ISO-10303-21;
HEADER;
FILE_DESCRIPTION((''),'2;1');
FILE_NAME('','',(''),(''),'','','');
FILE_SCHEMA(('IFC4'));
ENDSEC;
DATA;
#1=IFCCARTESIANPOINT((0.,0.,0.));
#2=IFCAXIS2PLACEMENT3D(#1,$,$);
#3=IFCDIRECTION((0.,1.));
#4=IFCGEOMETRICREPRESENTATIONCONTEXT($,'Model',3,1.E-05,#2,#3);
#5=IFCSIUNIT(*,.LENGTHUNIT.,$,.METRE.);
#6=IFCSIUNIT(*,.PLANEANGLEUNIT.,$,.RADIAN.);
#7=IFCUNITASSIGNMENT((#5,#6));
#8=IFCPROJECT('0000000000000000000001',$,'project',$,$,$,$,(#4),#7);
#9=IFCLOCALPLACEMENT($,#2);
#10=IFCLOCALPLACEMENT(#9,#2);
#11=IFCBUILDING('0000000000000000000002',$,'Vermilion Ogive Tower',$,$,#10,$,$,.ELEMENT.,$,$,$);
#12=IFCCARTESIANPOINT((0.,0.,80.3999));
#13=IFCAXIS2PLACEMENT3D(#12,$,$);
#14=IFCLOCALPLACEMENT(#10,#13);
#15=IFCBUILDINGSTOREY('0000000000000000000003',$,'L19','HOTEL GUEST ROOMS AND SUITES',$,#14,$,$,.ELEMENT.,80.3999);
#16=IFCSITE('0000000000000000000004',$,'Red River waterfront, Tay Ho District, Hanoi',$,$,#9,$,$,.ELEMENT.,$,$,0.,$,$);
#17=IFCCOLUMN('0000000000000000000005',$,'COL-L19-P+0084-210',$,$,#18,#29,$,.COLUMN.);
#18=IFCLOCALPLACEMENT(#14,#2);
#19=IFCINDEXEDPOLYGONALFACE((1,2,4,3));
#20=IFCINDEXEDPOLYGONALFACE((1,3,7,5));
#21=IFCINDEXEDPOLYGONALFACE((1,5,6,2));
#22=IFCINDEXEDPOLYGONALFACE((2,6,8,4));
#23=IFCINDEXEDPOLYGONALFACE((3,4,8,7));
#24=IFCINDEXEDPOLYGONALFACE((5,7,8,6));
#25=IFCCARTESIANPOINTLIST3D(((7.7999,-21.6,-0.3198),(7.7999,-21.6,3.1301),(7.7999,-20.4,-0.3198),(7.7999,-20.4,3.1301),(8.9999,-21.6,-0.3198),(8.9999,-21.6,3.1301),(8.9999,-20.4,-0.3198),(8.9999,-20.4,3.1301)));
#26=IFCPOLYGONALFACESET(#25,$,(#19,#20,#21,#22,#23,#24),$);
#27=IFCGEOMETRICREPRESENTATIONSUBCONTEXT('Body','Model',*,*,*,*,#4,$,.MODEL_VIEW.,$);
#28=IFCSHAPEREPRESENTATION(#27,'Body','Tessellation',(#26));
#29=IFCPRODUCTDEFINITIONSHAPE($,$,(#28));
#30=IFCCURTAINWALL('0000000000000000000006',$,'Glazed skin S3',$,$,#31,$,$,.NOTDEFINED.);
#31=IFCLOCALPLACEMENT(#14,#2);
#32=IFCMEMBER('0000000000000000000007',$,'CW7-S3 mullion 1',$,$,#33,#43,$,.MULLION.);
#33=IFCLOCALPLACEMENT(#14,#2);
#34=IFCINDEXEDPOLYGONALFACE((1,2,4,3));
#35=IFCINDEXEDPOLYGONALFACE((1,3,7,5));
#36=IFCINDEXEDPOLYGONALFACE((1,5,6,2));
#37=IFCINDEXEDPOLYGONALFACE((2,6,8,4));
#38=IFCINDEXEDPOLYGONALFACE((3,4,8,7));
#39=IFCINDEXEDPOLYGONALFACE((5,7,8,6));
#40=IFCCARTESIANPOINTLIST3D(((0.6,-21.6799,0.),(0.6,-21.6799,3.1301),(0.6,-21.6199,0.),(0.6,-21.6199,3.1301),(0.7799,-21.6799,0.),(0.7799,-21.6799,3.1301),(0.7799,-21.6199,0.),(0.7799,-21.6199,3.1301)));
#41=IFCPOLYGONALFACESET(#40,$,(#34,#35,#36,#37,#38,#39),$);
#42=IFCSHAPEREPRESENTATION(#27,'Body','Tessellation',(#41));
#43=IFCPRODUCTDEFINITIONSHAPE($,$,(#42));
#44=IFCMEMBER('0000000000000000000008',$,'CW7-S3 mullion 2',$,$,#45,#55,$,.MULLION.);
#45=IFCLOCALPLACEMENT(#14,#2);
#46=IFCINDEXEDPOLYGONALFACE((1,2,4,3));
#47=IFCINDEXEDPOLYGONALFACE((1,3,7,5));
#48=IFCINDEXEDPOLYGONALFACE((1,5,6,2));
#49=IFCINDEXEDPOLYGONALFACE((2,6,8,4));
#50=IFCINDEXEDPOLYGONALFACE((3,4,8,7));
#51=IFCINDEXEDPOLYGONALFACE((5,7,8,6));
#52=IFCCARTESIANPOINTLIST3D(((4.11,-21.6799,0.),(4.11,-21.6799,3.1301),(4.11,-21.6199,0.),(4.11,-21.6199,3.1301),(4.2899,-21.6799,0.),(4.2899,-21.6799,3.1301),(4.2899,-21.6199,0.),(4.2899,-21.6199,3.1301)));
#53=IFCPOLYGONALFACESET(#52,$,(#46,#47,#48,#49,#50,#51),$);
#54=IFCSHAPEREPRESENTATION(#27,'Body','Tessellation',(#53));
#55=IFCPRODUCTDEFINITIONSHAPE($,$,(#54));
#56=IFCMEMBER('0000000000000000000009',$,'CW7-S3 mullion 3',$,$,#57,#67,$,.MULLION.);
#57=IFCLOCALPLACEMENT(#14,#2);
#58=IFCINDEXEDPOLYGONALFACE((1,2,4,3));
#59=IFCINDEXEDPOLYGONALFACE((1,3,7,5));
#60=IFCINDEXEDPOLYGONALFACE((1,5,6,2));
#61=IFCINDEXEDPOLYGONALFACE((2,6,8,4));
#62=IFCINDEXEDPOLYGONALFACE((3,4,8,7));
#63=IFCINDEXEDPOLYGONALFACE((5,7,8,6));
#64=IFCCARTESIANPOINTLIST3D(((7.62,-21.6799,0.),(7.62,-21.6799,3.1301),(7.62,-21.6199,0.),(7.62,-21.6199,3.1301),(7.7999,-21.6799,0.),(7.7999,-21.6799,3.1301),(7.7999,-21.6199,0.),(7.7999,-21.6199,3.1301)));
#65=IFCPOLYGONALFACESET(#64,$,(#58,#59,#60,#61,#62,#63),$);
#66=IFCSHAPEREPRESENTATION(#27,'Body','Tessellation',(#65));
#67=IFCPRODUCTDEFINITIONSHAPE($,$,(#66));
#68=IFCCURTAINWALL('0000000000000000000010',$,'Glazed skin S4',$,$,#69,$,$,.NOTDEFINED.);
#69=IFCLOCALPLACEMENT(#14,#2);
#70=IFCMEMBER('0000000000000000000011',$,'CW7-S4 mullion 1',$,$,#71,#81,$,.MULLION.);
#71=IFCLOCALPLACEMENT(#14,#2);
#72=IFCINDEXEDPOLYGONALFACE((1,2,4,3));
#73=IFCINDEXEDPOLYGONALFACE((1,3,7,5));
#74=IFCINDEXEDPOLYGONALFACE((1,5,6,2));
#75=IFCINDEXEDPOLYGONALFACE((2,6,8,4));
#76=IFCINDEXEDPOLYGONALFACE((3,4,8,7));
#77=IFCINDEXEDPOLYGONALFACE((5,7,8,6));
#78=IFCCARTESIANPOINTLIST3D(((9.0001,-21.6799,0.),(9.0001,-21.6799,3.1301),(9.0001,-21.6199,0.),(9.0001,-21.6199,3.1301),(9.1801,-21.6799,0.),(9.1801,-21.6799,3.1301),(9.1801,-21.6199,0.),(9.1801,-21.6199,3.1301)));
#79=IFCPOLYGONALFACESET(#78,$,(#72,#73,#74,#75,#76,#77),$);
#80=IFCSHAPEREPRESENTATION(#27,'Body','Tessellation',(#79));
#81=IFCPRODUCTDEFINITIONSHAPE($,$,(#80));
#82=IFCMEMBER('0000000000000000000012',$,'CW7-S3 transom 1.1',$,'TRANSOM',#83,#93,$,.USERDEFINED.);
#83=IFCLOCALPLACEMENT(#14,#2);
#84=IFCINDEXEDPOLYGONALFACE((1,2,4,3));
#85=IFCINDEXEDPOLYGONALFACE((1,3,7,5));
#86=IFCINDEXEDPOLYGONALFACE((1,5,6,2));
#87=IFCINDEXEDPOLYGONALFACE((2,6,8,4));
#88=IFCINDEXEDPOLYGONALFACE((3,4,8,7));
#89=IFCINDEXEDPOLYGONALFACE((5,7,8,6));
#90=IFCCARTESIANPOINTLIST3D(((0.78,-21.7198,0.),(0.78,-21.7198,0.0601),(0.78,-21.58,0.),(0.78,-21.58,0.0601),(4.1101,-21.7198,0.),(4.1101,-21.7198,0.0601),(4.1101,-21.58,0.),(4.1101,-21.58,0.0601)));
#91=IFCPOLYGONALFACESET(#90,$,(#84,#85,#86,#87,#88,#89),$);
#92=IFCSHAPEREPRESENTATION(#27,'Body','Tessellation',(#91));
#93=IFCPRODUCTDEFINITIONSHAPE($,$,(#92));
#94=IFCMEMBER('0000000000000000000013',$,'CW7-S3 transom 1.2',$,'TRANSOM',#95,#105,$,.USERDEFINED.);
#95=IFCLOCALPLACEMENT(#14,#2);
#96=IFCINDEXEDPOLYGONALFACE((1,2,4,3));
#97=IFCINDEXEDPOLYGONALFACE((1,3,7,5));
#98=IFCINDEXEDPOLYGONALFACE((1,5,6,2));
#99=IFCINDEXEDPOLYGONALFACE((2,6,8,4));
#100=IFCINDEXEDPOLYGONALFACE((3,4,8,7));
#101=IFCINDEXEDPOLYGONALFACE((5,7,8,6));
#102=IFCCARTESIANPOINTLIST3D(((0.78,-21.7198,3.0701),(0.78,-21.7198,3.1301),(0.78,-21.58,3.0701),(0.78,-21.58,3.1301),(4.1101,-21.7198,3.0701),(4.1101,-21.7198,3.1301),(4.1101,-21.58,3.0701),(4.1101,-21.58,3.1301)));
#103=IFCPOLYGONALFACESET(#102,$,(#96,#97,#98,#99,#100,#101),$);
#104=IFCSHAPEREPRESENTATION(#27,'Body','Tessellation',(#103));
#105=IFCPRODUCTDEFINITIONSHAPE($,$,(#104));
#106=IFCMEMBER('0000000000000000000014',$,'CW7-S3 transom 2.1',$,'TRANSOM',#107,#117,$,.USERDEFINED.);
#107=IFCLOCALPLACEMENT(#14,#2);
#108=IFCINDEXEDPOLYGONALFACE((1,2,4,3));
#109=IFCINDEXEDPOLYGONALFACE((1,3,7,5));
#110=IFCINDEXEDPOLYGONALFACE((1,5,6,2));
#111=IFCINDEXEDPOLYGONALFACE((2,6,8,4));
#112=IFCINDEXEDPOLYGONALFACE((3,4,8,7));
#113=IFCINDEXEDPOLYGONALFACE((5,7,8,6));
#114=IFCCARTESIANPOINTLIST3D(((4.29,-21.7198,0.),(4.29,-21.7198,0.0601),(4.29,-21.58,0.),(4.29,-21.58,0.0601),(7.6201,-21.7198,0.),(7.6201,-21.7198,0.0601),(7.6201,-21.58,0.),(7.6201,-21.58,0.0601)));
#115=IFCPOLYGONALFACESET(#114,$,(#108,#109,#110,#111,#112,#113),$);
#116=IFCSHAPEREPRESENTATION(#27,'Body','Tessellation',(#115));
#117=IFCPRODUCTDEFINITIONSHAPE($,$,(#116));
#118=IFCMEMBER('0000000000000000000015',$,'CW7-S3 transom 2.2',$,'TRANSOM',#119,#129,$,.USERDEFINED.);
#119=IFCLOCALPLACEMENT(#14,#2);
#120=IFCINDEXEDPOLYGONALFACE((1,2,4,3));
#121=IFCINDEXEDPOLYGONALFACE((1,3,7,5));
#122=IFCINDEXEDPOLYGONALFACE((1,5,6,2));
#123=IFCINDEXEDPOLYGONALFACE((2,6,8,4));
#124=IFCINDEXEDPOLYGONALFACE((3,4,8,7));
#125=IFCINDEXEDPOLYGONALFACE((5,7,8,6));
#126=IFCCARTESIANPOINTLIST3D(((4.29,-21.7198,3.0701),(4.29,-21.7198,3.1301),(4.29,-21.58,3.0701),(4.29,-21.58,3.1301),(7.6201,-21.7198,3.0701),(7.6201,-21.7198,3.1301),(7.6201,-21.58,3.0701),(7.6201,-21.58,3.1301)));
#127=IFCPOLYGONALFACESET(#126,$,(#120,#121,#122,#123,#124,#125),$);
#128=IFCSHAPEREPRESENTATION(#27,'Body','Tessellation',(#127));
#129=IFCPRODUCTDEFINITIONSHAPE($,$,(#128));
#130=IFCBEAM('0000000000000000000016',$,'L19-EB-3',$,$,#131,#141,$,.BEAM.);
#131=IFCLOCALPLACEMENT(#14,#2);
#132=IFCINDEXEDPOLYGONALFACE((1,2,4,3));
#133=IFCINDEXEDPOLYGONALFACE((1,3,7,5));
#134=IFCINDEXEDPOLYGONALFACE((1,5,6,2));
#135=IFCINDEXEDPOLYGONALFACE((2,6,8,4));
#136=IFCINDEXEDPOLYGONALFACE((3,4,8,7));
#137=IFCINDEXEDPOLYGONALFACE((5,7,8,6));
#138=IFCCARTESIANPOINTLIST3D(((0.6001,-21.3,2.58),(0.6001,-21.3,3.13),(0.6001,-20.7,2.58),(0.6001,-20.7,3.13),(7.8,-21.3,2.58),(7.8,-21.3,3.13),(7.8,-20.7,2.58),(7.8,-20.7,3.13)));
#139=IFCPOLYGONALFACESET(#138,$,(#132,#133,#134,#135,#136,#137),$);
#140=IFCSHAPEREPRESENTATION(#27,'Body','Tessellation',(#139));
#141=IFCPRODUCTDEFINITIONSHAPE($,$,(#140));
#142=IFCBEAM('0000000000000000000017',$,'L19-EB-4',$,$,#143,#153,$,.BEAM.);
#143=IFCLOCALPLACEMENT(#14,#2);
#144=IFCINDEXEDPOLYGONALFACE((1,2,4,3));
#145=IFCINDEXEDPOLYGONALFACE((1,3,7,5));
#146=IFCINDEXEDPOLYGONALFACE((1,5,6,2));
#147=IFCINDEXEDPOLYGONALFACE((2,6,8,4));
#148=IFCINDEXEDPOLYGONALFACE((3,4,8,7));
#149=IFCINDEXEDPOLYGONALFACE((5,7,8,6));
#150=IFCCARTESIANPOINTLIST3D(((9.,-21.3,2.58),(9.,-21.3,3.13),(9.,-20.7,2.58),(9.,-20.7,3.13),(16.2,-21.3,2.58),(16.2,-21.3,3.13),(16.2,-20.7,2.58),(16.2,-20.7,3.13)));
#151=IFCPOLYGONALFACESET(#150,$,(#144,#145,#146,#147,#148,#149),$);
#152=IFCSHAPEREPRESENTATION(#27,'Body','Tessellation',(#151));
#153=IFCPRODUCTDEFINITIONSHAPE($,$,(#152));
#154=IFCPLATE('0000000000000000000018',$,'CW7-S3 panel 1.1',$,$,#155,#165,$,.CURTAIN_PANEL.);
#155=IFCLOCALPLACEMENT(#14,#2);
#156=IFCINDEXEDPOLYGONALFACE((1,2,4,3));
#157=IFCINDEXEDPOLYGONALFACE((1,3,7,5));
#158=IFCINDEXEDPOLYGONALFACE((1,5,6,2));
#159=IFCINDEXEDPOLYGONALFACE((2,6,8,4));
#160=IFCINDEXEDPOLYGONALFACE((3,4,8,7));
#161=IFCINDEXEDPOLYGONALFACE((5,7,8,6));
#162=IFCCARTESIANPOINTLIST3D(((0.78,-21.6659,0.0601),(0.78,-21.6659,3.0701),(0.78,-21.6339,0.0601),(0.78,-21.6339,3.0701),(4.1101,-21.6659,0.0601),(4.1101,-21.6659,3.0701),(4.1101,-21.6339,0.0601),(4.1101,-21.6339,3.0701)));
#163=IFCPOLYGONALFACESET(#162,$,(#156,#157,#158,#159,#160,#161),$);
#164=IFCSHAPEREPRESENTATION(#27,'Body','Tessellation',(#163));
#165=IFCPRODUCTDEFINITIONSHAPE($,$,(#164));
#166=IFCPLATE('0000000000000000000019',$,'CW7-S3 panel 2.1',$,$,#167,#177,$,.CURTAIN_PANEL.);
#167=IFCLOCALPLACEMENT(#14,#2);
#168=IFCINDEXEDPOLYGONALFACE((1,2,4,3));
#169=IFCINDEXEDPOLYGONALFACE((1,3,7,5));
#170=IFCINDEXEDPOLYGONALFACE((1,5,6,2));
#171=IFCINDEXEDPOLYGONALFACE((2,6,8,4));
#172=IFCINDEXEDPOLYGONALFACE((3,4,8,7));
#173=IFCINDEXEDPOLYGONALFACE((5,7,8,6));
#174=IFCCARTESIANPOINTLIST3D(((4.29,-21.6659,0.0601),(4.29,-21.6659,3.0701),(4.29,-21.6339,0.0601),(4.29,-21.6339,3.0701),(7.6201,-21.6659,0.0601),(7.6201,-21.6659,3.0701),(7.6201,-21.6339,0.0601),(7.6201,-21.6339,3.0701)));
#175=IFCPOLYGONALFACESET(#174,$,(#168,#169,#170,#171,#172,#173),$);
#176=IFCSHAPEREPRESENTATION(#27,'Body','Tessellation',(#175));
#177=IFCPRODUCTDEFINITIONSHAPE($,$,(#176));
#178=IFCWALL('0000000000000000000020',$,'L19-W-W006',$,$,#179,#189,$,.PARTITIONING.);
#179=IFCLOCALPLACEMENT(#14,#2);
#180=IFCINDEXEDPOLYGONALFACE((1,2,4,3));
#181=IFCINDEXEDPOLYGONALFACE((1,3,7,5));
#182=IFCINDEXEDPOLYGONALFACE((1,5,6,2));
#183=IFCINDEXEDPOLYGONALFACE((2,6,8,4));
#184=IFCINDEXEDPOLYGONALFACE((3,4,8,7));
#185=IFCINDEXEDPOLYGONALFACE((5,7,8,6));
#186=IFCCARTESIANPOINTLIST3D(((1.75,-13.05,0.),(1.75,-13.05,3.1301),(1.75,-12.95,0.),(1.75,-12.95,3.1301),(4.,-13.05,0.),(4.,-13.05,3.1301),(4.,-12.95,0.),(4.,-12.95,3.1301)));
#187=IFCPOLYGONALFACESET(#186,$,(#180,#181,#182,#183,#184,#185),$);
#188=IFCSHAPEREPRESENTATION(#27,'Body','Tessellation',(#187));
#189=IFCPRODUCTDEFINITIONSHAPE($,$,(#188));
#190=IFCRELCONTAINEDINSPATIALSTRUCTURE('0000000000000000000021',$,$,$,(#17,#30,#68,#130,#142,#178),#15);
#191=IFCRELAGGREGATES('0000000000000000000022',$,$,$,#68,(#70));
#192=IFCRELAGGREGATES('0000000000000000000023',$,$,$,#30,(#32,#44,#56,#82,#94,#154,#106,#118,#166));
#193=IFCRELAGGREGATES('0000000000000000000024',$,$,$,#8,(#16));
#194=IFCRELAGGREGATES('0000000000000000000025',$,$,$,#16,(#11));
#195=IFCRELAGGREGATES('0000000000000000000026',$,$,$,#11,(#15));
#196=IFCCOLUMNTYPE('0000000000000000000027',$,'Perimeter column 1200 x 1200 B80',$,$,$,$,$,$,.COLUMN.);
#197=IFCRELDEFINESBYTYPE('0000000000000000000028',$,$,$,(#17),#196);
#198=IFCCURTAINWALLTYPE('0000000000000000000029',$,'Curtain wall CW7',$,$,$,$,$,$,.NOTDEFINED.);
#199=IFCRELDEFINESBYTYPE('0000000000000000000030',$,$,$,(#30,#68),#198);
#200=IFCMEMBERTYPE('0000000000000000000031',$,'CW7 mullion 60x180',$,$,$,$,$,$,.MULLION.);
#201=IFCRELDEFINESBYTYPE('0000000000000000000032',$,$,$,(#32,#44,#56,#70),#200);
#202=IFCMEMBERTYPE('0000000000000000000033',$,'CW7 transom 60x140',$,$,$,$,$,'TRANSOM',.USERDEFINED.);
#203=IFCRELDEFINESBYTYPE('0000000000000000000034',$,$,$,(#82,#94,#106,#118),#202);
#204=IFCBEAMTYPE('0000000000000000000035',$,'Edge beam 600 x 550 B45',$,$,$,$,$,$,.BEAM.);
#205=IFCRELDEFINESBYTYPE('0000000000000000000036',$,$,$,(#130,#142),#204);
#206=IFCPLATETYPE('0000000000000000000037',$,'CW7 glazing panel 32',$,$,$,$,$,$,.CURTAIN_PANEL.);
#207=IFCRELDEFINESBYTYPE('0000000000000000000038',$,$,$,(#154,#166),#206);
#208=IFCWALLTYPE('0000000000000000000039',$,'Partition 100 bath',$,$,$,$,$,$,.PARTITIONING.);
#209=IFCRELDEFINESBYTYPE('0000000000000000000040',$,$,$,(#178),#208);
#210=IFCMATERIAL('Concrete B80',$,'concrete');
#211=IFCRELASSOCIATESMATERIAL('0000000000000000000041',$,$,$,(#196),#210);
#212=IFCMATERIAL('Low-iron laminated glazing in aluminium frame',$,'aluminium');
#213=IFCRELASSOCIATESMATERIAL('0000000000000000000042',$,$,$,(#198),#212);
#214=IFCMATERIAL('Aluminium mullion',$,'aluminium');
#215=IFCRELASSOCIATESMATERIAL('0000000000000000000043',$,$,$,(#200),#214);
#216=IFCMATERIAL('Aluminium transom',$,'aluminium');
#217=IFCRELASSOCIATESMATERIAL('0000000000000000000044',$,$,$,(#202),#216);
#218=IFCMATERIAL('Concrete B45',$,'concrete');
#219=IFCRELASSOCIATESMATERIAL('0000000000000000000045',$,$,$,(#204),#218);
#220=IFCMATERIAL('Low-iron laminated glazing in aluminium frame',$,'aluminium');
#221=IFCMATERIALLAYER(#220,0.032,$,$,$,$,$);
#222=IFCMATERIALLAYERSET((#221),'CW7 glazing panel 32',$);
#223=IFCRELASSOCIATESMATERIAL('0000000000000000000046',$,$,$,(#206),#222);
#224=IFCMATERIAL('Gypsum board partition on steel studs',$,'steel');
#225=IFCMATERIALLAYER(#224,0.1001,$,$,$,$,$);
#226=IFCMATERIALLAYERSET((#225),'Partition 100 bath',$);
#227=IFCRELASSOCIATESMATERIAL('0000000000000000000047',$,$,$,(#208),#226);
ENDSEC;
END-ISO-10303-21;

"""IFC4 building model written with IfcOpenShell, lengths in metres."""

from ifc_helpers import new_model, si_unit, direction, frame, frame_2d, origin, origin_2d, place, context, subcontext, project, spatial, rectangle, extrude, material, layer, layer_set, material_profile, profile_set, type_object, element, aggregate, save


model = new_model("IFC4")

# Units and contexts
model_context = context("Model", 3, precision=1e-05, world=origin(), true_north=direction((0.0, 1.0)))
body_context = subcontext(model_context, "Body", "Model", "MODEL_VIEW")
ifc_project = project(units=[si_unit("LENGTHUNIT", "METRE"), si_unit("PLANEANGLEUNIT", "RADIAN")], contexts=[model_context])

# Site, building, storey
site_placement = place(None, origin())
site = spatial("IfcSite", under=ifc_project, at=site_placement, Name="Red River waterfront, Tay Ho District, Hanoi", CompositionType="ELEMENT", RefElevation=0.0)
building_placement = place(site_placement, origin())
building = spatial("IfcBuilding", under=site, at=building_placement, Name="Vermilion Ogive Tower", CompositionType="ELEMENT")
storey_placement = place(building_placement, frame((0.0, 0.0, 80.3999)))
storey = spatial("IfcBuildingStorey", under=building, at=storey_placement, Name="L19", Description="HOTEL GUEST ROOMS AND SUITES", CompositionType="ELEMENT", Elevation=80.3999)

# Column
ifc_material_1 = material(Name="Concrete B80", Category="concrete")
ifc_material_profile_1 = material_profile(ifc_material_1, rectangle(XDim=1.2, YDim=1.2, at=origin_2d()), Name="1200 x 1200")
ifc_profile_set_1 = profile_set([ifc_material_profile_1], Name="Concrete B80")
column_type = type_object("IfcColumnType", Name="Perimeter column 1200 x 1200 B80", PredefinedType="COLUMN", material=ifc_profile_set_1)
column_placement = place(storey_placement, frame((8.3999, -21.0, -0.3198), z_axis=(0.0, 0.0, 1.0), x_axis=(1.0, 0.0, 0.0)))
element("IfcColumn", 1, at=column_placement, inside=storey, type_object=column_type, Name="COL-L19-P+0084-210", PredefinedType="COLUMN", context=body_context, shape_type="SweptSolid", body=[
    extrude(rectangle(XDim=1.2, YDim=1.2, at=origin_2d()), origin(), (0.0, 0.0, 1.0), 3.45),
])

# Curtain wall, members
ifc_material_2 = material(Name="Low-iron laminated glazing in aluminium frame", Category="aluminium")
curtain_wall_type = type_object("IfcCurtainWallType", Name="Curtain wall CW7", PredefinedType="NOTDEFINED", material=ifc_material_2)
curtain_wall_1_placement = place(storey_placement, origin())
curtain_wall_1 = element("IfcCurtainWall", 2, at=curtain_wall_1_placement, inside=storey, type_object=curtain_wall_type, Name="Glazed skin S3", PredefinedType="NOTDEFINED")
ifc_material_3 = material(Name="Aluminium mullion", Category="aluminium")
ifc_material_profile_2 = material_profile(ifc_material_3, rectangle(XDim=0.0601, YDim=0.1799, at=origin_2d()), Name="AL 60x180")
ifc_profile_set_2 = profile_set([ifc_material_profile_2], Name="Aluminium mullion")
member_type_1 = type_object("IfcMemberType", Name="CW7 mullion 60x180", PredefinedType="MULLION", material=ifc_profile_set_2)
member_1_placement = place(storey_placement, frame((0.6899, -21.6499, 0.0), z_axis=(0.0, 0.0, 1.0), x_axis=(0.0, 1.0, 0.0)))
member_1 = element("IfcMember", 3, at=member_1_placement, type_object=member_type_1, Name="CW7-S3 mullion 1", PredefinedType="MULLION", context=body_context, shape_type="SweptSolid", body=[
    extrude(rectangle(XDim=0.0601, YDim=0.1799, at=origin_2d()), origin(), (0.0, 0.0, 1.0), 3.1301),
])
member_2_placement = place(storey_placement, frame((4.2, -21.6499, 0.0), z_axis=(0.0, 0.0, 1.0), x_axis=(0.0, 1.0, 0.0)))
member_2 = element("IfcMember", 4, at=member_2_placement, type_object=member_type_1, Name="CW7-S3 mullion 2", PredefinedType="MULLION", context=body_context, shape_type="SweptSolid", body=[
    extrude(rectangle(XDim=0.0601, YDim=0.1799, at=origin_2d()), origin(), (0.0, 0.0, 1.0), 3.1301),
])
member_3_placement = place(storey_placement, frame((7.71, -21.6499, 0.0), z_axis=(0.0, 0.0, 1.0), x_axis=(0.0, 1.0, 0.0)))
member_3 = element("IfcMember", 5, at=member_3_placement, type_object=member_type_1, Name="CW7-S3 mullion 3", PredefinedType="MULLION", context=body_context, shape_type="SweptSolid", body=[
    extrude(rectangle(XDim=0.0601, YDim=0.1799, at=origin_2d()), origin(), (0.0, 0.0, 1.0), 3.1301),
])

# Curtain wall, member
curtain_wall_2_placement = place(storey_placement, origin())
curtain_wall_2 = element("IfcCurtainWall", 6, at=curtain_wall_2_placement, inside=storey, type_object=curtain_wall_type, Name="Glazed skin S4", PredefinedType="NOTDEFINED")
member_4_placement = place(storey_placement, frame((9.0901, -21.6499, 0.0), z_axis=(0.0, 0.0, 1.0), x_axis=(0.0, 1.0, 0.0)))
member_4 = element("IfcMember", 7, at=member_4_placement, type_object=member_type_1, Name="CW7-S4 mullion 1", PredefinedType="MULLION", context=body_context, shape_type="SweptSolid", body=[
    extrude(rectangle(XDim=0.0601, YDim=0.1799, at=origin_2d()), origin(), (0.0, 0.0, 1.0), 3.1301),
])
aggregate(curtain_wall_2, [member_4])

# Members
ifc_material_4 = material(Name="Aluminium transom", Category="aluminium")
ifc_material_profile_3 = material_profile(ifc_material_4, rectangle(XDim=0.1399, YDim=0.0601, at=origin_2d()), Name="AL 60x140")
ifc_profile_set_3 = profile_set([ifc_material_profile_3], Name="Aluminium transom")
member_type_2 = type_object("IfcMemberType", Name="CW7 transom 60x140", ElementType="TRANSOM", PredefinedType="USERDEFINED", material=ifc_profile_set_3)
member_5_placement = place(storey_placement, frame((0.78, -21.6499, 0.03), z_axis=(1.0, 0.0, 0.0), x_axis=(0.0, 1.0, 0.0)))
member_5 = element("IfcMember", 8, at=member_5_placement, type_object=member_type_2, Name="CW7-S3 transom 1.1", ObjectType="TRANSOM", PredefinedType="USERDEFINED", context=body_context, shape_type="SweptSolid", body=[
    extrude(rectangle(XDim=0.1399, YDim=0.0601, at=origin_2d()), origin(), (0.0, 0.0, 1.0), 3.3301),
])
member_6_placement = place(storey_placement, frame((0.78, -21.6499, 3.1001), z_axis=(1.0, 0.0, 0.0), x_axis=(0.0, 1.0, 0.0)))
member_6 = element("IfcMember", 9, at=member_6_placement, type_object=member_type_2, Name="CW7-S3 transom 1.2", ObjectType="TRANSOM", PredefinedType="USERDEFINED", context=body_context, shape_type="SweptSolid", body=[
    extrude(rectangle(XDim=0.1399, YDim=0.0601, at=origin_2d()), origin(), (0.0, 0.0, 1.0), 3.3301),
])
member_7_placement = place(storey_placement, frame((4.29, -21.6499, 0.03), z_axis=(1.0, 0.0, 0.0), x_axis=(0.0, 1.0, 0.0)))
member_7 = element("IfcMember", 10, at=member_7_placement, type_object=member_type_2, Name="CW7-S3 transom 2.1", ObjectType="TRANSOM", PredefinedType="USERDEFINED", context=body_context, shape_type="SweptSolid", body=[
    extrude(rectangle(XDim=0.1399, YDim=0.0601, at=origin_2d()), origin(), (0.0, 0.0, 1.0), 3.3301),
])
member_8_placement = place(storey_placement, frame((4.29, -21.6499, 3.1001), z_axis=(1.0, 0.0, 0.0), x_axis=(0.0, 1.0, 0.0)))
member_8 = element("IfcMember", 11, at=member_8_placement, type_object=member_type_2, Name="CW7-S3 transom 2.2", ObjectType="TRANSOM", PredefinedType="USERDEFINED", context=body_context, shape_type="SweptSolid", body=[
    extrude(rectangle(XDim=0.1399, YDim=0.0601, at=origin_2d()), origin(), (0.0, 0.0, 1.0), 3.3301),
])

# Beams
ifc_material_5 = material(Name="Concrete B45", Category="concrete")
ifc_material_profile_4 = material_profile(ifc_material_5, rectangle(XDim=0.6001, YDim=0.55, at=origin_2d()), Name="600 x 550")
ifc_profile_set_4 = profile_set([ifc_material_profile_4], Name="Concrete B45")
beam_type = type_object("IfcBeamType", Name="Edge beam 600 x 550 B45", PredefinedType="BEAM", material=ifc_profile_set_4)
for number, where, z_axis, x_axis, name in (
    (12, (0.6001, -21.0, 2.855), (1.0, 0.0, 0.0), (0.0, 1.0, 0.0), "L19-EB-3"),
    (13, (9.0, -21.0, 2.855), (1.0, 0.0, 0.0), (0.0, 1.0, 0.0), "L19-EB-4"),
):
    element("IfcBeam", number, at=place(storey_placement, frame(where, z_axis=z_axis, x_axis=x_axis)), inside=storey, type_object=beam_type, Name=name, PredefinedType="BEAM", context=body_context, shape_type="SweptSolid", body=[
        extrude(rectangle(XDim=0.6001, YDim=0.55, at=origin_2d()), origin(), (0.0, 0.0, 1.0), 7.2),
    ])

# Plates
ifc_material_6 = material(Name="Low-iron laminated glazing in aluminium frame", Category="aluminium")
ifc_layer_1 = layer(ifc_material_6, 0.032)
ifc_layer_set_1 = layer_set([ifc_layer_1], Name="CW7 glazing panel 32")
plate_type = type_object("IfcPlateType", Name="CW7 glazing panel 32", PredefinedType="CURTAIN_PANEL", material=ifc_layer_set_1)
plate_1_placement = place(storey_placement, frame((2.4451, -21.6499, 0.0601), z_axis=(0.0, 0.0, 1.0), x_axis=(1.0, 0.0, 0.0)))
plate_1 = element("IfcPlate", 14, at=plate_1_placement, type_object=plate_type, Name="CW7-S3 panel 1.1", PredefinedType="CURTAIN_PANEL", context=body_context, shape_type="SweptSolid", body=[
    extrude(rectangle(XDim=3.3301, YDim=0.032, at=origin_2d()), origin(), (0.0, 0.0, 1.0), 3.01),
])
plate_2_placement = place(storey_placement, frame((5.9551, -21.6499, 0.0601), z_axis=(0.0, 0.0, 1.0), x_axis=(1.0, 0.0, 0.0)))
plate_2 = element("IfcPlate", 15, at=plate_2_placement, type_object=plate_type, Name="CW7-S3 panel 2.1", PredefinedType="CURTAIN_PANEL", context=body_context, shape_type="SweptSolid", body=[
    extrude(rectangle(XDim=3.3301, YDim=0.032, at=origin_2d()), origin(), (0.0, 0.0, 1.0), 3.01),
])
aggregate(curtain_wall_1, [member_1, member_2, member_3, member_5, member_6, plate_1, member_7, member_8, plate_2])

# Wall
ifc_material_7 = material(Name="Gypsum board partition on steel studs", Category="steel")
ifc_layer_2 = layer(ifc_material_7, 0.1001)
ifc_layer_set_2 = layer_set([ifc_layer_2], Name="Partition 100 bath")
wall_type_1 = type_object("IfcWallType", Name="Partition 100 bath", PredefinedType="PARTITIONING", material=ifc_layer_set_2)
wall_1_placement = place(storey_placement, frame((1.75, -13.0, 0.0), z_axis=(0.0, 0.0, 1.0), x_axis=(1.0, 0.0, 0.0)))
element("IfcWall", 16, at=wall_1_placement, inside=storey, type_object=wall_type_1, Name="L19-W-W006", PredefinedType="PARTITIONING", context=body_context, shape_type="SweptSolid", body=[
    extrude(rectangle(XDim=2.25, YDim=0.1001, at=frame_2d((1.125, 0.0))), origin(), (0.0, 0.0, 1.0), 3.1301),
])

save(model, "model.ifc")
